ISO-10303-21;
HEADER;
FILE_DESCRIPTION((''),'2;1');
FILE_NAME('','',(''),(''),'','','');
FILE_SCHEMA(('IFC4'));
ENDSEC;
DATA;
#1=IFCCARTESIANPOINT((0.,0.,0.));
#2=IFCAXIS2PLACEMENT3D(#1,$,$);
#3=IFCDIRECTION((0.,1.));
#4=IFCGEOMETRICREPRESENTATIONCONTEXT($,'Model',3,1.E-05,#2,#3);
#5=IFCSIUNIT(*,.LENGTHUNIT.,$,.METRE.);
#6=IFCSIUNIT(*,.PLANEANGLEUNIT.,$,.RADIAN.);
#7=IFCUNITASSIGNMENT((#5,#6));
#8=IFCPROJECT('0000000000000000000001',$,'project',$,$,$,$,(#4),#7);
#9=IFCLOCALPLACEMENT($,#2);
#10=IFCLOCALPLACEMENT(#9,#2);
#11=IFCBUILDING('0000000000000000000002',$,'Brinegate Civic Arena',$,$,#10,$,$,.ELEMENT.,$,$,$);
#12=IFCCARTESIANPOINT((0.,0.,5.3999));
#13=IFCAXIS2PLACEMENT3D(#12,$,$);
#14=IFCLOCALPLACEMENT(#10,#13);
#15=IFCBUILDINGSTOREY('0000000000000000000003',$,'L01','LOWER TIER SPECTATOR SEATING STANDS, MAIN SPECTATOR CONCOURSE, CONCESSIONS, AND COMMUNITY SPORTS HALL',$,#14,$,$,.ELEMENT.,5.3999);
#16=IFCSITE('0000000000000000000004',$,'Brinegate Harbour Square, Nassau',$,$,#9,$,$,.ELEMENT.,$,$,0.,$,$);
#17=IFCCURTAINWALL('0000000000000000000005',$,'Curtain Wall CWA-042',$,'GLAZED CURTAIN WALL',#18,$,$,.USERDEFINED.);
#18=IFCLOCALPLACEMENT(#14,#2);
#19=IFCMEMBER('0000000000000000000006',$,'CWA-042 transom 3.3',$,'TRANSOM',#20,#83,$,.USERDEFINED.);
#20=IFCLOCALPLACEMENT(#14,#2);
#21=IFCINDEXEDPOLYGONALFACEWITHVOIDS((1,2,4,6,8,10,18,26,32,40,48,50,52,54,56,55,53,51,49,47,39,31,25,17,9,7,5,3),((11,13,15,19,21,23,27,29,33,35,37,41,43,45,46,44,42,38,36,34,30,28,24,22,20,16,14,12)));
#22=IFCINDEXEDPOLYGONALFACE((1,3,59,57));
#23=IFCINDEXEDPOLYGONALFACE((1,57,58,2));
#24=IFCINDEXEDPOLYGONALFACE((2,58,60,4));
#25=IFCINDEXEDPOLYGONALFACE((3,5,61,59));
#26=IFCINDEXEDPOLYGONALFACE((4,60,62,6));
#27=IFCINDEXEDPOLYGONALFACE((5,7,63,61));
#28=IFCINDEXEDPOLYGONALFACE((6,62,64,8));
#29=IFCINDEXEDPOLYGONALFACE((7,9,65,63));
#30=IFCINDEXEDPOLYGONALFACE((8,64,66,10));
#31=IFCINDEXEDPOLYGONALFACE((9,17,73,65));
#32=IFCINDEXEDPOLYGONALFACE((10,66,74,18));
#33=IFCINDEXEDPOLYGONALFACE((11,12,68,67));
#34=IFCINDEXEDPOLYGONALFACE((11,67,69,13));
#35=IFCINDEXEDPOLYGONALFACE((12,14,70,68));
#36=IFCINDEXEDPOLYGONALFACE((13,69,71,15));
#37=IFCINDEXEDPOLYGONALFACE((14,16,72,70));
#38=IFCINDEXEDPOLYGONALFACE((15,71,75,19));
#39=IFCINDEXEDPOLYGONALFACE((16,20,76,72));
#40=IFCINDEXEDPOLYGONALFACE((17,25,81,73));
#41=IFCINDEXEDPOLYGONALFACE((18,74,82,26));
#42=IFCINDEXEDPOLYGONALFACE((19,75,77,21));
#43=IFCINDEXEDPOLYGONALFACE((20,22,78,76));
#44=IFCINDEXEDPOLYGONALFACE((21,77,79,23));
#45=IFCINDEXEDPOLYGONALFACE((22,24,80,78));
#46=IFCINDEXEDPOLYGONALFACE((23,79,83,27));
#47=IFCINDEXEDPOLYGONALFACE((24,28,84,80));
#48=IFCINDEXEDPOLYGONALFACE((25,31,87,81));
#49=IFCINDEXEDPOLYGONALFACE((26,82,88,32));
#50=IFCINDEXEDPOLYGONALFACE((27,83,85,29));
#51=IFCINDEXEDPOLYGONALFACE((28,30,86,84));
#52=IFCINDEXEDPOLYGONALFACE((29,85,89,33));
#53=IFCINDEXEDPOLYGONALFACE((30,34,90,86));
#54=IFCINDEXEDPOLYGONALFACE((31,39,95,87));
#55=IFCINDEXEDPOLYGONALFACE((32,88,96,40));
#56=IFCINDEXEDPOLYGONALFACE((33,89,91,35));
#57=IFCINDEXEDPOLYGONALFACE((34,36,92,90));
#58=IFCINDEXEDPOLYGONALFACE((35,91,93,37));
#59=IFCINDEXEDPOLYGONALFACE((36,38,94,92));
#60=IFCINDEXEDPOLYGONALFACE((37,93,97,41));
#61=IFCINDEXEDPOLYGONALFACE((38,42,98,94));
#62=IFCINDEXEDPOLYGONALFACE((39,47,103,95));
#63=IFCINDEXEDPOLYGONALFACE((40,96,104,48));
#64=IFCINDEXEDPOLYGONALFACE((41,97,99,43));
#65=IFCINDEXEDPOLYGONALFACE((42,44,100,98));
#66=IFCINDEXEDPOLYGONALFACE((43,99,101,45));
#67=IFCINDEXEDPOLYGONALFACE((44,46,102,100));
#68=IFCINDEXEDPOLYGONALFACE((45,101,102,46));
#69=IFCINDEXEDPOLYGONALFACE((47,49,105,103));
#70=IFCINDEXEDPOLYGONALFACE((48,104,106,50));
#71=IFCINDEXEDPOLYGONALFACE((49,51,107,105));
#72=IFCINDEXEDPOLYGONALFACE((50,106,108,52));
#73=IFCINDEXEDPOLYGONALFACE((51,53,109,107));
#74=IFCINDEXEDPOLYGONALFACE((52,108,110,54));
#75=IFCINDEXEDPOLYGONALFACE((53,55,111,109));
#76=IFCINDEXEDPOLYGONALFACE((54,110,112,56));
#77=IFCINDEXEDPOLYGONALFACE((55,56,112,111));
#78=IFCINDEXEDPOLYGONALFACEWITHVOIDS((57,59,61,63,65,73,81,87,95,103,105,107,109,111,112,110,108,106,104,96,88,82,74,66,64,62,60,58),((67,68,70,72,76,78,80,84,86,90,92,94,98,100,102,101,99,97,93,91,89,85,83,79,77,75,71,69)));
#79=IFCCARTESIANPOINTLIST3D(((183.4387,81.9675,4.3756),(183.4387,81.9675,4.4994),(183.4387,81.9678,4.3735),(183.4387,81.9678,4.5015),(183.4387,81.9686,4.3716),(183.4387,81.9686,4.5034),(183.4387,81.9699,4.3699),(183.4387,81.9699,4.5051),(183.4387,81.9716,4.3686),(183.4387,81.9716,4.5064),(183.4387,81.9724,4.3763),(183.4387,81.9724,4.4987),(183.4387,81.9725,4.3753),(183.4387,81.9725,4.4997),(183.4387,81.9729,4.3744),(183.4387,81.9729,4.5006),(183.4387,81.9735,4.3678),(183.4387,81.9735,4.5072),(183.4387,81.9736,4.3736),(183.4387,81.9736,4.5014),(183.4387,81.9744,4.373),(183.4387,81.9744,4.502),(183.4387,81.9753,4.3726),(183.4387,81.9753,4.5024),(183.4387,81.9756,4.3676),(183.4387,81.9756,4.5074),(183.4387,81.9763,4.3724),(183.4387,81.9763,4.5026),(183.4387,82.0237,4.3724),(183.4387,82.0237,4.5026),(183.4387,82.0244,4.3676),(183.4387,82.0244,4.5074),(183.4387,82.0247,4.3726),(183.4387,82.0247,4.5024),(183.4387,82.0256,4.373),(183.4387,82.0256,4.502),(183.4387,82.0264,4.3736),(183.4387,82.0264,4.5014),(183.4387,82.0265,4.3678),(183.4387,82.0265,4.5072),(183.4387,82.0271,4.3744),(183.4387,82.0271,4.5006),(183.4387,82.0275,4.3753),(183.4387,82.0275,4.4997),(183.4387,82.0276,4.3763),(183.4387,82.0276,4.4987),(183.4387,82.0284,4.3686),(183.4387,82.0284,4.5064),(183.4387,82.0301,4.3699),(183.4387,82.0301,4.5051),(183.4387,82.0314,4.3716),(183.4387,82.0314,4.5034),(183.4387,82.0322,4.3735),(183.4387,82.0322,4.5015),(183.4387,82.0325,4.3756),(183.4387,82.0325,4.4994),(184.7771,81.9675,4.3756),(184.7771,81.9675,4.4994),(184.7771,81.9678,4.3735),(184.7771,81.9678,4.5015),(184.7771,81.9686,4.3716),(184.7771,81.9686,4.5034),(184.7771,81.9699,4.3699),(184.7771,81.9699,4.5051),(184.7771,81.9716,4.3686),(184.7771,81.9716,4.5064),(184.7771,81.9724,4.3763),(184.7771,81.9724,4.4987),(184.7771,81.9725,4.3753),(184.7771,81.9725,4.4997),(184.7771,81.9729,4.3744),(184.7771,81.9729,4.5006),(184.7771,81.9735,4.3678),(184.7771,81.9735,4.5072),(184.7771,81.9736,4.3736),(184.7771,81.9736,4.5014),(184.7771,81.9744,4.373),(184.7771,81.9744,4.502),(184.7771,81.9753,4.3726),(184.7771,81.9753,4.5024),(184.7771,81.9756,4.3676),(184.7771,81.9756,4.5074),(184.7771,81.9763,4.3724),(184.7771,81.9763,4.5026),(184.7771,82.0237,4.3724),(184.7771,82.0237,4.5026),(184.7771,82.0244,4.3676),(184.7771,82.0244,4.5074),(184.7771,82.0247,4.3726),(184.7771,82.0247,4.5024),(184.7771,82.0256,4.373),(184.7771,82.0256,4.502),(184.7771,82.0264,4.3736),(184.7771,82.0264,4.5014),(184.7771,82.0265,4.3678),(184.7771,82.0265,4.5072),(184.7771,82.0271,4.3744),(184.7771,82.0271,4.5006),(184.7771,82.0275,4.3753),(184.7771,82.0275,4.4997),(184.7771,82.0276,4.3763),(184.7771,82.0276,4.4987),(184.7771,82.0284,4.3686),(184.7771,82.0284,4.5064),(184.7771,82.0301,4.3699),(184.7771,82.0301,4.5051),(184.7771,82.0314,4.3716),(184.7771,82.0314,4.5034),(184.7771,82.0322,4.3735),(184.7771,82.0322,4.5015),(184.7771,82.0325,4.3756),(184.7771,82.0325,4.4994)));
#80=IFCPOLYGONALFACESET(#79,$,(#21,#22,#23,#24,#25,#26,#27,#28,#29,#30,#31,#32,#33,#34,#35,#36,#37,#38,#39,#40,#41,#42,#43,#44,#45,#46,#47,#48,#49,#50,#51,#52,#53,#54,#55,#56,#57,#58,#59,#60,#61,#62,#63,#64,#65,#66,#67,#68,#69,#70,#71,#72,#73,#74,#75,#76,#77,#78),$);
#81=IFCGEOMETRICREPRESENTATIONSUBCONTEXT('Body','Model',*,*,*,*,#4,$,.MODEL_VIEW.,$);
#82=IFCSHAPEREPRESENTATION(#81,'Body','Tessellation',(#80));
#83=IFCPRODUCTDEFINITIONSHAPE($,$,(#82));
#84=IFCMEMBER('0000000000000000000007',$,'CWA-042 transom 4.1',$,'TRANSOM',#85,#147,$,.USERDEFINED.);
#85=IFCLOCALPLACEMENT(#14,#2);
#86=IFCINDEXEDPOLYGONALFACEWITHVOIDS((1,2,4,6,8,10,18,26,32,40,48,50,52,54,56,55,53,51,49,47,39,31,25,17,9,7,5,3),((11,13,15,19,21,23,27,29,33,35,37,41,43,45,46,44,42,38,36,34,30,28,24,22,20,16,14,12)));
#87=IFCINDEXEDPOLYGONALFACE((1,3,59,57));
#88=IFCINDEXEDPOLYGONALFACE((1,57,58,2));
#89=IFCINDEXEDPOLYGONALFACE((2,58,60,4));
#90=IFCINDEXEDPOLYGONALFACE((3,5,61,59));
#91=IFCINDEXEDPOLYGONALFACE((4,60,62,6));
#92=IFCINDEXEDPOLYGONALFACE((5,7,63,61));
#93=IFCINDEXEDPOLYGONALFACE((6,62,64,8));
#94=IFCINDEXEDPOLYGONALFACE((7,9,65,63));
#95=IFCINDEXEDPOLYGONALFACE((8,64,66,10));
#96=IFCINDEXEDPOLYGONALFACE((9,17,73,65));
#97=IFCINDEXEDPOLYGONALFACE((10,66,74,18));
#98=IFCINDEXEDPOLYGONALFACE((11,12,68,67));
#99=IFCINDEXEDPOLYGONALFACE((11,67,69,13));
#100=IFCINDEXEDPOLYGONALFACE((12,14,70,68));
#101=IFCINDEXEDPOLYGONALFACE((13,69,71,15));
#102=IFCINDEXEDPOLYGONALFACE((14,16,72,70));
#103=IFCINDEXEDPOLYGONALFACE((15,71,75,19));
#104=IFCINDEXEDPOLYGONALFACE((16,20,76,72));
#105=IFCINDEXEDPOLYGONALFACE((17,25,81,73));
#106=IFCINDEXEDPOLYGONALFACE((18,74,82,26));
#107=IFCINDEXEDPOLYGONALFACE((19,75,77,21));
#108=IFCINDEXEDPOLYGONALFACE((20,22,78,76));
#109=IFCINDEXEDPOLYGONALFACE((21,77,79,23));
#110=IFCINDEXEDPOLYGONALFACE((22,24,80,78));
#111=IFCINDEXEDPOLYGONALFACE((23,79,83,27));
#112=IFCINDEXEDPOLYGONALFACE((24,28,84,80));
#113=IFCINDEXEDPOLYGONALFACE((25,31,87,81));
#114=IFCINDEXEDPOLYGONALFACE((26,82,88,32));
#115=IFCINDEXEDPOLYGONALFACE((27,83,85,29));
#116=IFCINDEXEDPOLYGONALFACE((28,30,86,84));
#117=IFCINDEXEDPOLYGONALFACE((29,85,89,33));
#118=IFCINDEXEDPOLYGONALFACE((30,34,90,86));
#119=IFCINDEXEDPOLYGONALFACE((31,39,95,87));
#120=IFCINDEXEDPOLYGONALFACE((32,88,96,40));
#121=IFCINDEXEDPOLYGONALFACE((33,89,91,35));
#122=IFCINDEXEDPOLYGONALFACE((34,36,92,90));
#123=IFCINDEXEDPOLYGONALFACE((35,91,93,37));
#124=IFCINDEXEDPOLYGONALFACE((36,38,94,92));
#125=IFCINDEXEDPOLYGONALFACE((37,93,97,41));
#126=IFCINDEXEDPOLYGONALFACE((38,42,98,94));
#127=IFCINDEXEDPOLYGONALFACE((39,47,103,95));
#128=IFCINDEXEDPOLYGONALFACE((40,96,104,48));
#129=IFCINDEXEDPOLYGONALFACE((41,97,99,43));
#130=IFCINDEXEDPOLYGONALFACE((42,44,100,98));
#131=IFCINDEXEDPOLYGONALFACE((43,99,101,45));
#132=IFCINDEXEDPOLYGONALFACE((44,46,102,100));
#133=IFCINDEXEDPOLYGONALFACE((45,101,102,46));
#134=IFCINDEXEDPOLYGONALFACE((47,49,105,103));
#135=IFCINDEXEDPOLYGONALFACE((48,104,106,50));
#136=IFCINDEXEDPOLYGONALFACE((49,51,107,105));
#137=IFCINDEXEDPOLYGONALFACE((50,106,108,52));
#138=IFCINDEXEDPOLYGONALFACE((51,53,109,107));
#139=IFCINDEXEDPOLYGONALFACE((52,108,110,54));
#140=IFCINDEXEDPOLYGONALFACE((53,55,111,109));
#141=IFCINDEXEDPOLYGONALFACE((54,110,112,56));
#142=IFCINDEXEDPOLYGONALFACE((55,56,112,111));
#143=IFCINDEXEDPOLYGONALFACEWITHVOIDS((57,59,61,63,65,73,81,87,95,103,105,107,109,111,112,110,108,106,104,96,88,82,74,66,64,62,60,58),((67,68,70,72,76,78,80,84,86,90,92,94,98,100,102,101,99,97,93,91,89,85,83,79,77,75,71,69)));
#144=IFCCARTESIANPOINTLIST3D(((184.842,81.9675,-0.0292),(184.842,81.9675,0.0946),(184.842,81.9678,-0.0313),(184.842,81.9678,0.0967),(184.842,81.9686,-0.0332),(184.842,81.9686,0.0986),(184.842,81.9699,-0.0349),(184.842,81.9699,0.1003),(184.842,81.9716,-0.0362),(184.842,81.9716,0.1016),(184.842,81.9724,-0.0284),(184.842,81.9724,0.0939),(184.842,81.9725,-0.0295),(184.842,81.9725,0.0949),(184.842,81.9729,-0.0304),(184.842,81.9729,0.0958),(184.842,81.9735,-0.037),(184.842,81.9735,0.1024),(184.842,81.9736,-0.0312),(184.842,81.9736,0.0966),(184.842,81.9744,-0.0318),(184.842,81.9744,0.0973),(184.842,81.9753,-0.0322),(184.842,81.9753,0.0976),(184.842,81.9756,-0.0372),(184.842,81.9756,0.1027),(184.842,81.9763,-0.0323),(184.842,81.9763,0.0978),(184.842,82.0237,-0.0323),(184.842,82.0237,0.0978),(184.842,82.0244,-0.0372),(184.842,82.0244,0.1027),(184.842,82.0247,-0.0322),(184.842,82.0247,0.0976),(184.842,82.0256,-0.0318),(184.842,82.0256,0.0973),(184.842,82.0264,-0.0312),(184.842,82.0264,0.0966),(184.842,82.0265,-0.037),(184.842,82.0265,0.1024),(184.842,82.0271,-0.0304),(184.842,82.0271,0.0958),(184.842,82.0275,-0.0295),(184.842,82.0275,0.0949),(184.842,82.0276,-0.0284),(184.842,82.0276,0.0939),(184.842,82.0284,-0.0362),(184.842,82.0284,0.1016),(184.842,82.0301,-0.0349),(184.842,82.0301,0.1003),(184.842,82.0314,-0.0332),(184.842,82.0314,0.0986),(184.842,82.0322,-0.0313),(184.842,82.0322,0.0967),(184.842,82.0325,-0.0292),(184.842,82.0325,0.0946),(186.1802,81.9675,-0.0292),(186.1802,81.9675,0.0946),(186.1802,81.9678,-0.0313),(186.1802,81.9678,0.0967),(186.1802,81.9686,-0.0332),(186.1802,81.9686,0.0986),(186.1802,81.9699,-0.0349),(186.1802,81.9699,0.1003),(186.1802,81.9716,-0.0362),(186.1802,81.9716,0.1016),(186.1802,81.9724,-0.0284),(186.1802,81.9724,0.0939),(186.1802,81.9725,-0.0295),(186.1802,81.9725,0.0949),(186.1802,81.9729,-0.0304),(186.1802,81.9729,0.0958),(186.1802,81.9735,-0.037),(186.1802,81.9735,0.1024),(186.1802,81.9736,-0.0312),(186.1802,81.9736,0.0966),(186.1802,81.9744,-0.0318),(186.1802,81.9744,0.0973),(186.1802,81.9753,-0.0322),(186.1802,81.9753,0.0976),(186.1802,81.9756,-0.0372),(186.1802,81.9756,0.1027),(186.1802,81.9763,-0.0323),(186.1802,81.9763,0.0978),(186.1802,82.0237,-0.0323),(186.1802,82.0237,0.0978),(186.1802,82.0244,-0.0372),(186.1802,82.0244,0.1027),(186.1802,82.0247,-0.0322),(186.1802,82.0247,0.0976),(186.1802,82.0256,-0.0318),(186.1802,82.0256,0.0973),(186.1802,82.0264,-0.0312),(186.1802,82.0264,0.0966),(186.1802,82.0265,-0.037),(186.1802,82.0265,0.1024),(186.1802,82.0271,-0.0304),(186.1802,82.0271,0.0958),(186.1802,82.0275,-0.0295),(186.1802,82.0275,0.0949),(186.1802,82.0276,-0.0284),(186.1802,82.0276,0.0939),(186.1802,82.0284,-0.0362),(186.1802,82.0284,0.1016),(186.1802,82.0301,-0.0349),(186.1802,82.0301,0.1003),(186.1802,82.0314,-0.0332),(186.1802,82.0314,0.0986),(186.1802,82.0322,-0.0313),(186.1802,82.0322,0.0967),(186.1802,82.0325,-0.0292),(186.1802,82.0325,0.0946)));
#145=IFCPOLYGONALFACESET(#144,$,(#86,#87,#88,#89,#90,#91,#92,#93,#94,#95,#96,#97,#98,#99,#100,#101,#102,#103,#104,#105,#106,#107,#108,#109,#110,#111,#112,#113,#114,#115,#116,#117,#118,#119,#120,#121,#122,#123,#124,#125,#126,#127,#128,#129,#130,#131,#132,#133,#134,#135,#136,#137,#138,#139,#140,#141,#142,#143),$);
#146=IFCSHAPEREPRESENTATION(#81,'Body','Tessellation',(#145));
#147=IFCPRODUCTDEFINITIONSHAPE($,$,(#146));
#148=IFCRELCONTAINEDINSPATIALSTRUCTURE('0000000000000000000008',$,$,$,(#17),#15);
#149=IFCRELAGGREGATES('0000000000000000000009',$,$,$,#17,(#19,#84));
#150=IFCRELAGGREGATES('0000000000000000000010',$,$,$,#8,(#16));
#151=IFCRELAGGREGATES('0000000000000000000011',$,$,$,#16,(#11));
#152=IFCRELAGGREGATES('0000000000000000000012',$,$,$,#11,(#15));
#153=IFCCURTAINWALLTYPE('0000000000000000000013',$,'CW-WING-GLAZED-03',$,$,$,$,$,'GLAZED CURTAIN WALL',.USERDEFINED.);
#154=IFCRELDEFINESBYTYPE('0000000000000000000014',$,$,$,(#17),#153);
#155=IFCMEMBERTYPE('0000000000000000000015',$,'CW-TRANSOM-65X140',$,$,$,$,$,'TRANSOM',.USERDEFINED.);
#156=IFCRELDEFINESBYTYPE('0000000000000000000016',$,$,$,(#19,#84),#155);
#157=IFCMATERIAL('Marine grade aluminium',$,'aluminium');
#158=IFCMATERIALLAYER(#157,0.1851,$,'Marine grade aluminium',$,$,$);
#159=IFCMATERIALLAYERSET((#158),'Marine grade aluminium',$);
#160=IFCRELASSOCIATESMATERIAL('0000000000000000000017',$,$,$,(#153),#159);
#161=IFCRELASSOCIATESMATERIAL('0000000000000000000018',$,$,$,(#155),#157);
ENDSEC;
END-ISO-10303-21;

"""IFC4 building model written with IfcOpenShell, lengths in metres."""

from ifc_helpers import new_model, si_unit, direction, frame, origin, origin_2d, place, context, subcontext, project, spatial, hollow_rectangle, extrude, material, layer, layer_set, material_profile, profile_set, type_object, element, aggregate, save


model = new_model("IFC4")

# Units and contexts
model_context = context("Model", 3, precision=1e-05, world=origin(), true_north=direction((0.0, 1.0)))
body_context = subcontext(model_context, "Body", "Model", "MODEL_VIEW")
ifc_project = project(units=[si_unit("LENGTHUNIT", "METRE"), si_unit("PLANEANGLEUNIT", "RADIAN")], contexts=[model_context])

# Site, building, storey
site_placement = place(None, origin())
site = spatial("IfcSite", under=ifc_project, at=site_placement, Name="Brinegate Harbour Square, Nassau", CompositionType="ELEMENT", RefElevation=0.0)
building_placement = place(site_placement, origin())
building = spatial("IfcBuilding", under=site, at=building_placement, Name="Brinegate Civic Arena", CompositionType="ELEMENT")
storey_placement = place(building_placement, frame((0.0, 0.0, 5.3999)))
storey = spatial("IfcBuildingStorey", under=building, at=storey_placement, Name="L01", Description="LOWER TIER SPECTATOR SEATING STANDS, MAIN SPECTATOR CONCOURSE, CONCESSIONS, AND COMMUNITY SPORTS HALL", CompositionType="ELEMENT", Elevation=5.3999)

# Curtain wall, members
ifc_material_1 = material(Name="Marine grade aluminium", Category="aluminium")
ifc_layer_1 = layer(ifc_material_1, 0.1851, Name="Marine grade aluminium")
ifc_layer_set_1 = layer_set([ifc_layer_1], Name="Marine grade aluminium")
curtain_wall_type = type_object("IfcCurtainWallType", Name="CW-WING-GLAZED-03", ElementType="GLAZED CURTAIN WALL", PredefinedType="USERDEFINED", material=ifc_layer_set_1)
curtain_wall_placement = place(storey_placement, origin())
curtain_wall = element("IfcCurtainWall", 1, at=curtain_wall_placement, inside=storey, type_object=curtain_wall_type, Name="Curtain Wall CWA-042", ObjectType="GLAZED CURTAIN WALL", PredefinedType="USERDEFINED")
ifc_material_profile_1 = material_profile(ifc_material_1, hollow_rectangle(XDim=0.0649, YDim=0.1399, WallThickness=0.0049, InnerFilletRadius=0.0039, OuterFilletRadius=0.0081, at=origin_2d()), Name="TRN65X140")
ifc_profile_set_1 = profile_set([ifc_material_profile_1], Name="Marine grade aluminium")
member_type_1 = type_object("IfcMemberType", Name="CW-TRANSOM-65X140", ElementType="TRANSOM", PredefinedType="USERDEFINED", material=ifc_profile_set_1)
member_1_placement = place(storey_placement, frame((183.4387, 82.0, 4.4375), z_axis=(1.0, 0.0, 0.0), x_axis=(0.0, 1.0, 0.0)))
member_1 = element("IfcMember", 2, at=member_1_placement, type_object=member_type_1, Name="CWA-042 transom 3.3", ObjectType="TRANSOM", PredefinedType="USERDEFINED", context=body_context, shape_type="SweptSolid", body=[
    extrude(hollow_rectangle(XDim=0.0649, YDim=0.1399, WallThickness=0.0049, InnerFilletRadius=0.0039, OuterFilletRadius=0.0081, at=origin_2d()), origin(), (0.0, 0.0, 1.0), 1.3384),
])
member_2_placement = place(storey_placement, frame((184.842, 82.0, 0.0327), z_axis=(1.0, 0.0, 0.0), x_axis=(0.0, 1.0, 0.0)))
member_2 = element("IfcMember", 3, at=member_2_placement, type_object=member_type_1, Name="CWA-042 transom 4.1", ObjectType="TRANSOM", PredefinedType="USERDEFINED", context=body_context, shape_type="SweptSolid", body=[
    extrude(hollow_rectangle(XDim=0.0649, YDim=0.1399, WallThickness=0.0049, InnerFilletRadius=0.0039, OuterFilletRadius=0.0081, at=origin_2d()), origin(), (0.0, 0.0, 1.0), 1.3381),
])
aggregate(curtain_wall, [member_1, member_2])

save(model, "model.ifc")
